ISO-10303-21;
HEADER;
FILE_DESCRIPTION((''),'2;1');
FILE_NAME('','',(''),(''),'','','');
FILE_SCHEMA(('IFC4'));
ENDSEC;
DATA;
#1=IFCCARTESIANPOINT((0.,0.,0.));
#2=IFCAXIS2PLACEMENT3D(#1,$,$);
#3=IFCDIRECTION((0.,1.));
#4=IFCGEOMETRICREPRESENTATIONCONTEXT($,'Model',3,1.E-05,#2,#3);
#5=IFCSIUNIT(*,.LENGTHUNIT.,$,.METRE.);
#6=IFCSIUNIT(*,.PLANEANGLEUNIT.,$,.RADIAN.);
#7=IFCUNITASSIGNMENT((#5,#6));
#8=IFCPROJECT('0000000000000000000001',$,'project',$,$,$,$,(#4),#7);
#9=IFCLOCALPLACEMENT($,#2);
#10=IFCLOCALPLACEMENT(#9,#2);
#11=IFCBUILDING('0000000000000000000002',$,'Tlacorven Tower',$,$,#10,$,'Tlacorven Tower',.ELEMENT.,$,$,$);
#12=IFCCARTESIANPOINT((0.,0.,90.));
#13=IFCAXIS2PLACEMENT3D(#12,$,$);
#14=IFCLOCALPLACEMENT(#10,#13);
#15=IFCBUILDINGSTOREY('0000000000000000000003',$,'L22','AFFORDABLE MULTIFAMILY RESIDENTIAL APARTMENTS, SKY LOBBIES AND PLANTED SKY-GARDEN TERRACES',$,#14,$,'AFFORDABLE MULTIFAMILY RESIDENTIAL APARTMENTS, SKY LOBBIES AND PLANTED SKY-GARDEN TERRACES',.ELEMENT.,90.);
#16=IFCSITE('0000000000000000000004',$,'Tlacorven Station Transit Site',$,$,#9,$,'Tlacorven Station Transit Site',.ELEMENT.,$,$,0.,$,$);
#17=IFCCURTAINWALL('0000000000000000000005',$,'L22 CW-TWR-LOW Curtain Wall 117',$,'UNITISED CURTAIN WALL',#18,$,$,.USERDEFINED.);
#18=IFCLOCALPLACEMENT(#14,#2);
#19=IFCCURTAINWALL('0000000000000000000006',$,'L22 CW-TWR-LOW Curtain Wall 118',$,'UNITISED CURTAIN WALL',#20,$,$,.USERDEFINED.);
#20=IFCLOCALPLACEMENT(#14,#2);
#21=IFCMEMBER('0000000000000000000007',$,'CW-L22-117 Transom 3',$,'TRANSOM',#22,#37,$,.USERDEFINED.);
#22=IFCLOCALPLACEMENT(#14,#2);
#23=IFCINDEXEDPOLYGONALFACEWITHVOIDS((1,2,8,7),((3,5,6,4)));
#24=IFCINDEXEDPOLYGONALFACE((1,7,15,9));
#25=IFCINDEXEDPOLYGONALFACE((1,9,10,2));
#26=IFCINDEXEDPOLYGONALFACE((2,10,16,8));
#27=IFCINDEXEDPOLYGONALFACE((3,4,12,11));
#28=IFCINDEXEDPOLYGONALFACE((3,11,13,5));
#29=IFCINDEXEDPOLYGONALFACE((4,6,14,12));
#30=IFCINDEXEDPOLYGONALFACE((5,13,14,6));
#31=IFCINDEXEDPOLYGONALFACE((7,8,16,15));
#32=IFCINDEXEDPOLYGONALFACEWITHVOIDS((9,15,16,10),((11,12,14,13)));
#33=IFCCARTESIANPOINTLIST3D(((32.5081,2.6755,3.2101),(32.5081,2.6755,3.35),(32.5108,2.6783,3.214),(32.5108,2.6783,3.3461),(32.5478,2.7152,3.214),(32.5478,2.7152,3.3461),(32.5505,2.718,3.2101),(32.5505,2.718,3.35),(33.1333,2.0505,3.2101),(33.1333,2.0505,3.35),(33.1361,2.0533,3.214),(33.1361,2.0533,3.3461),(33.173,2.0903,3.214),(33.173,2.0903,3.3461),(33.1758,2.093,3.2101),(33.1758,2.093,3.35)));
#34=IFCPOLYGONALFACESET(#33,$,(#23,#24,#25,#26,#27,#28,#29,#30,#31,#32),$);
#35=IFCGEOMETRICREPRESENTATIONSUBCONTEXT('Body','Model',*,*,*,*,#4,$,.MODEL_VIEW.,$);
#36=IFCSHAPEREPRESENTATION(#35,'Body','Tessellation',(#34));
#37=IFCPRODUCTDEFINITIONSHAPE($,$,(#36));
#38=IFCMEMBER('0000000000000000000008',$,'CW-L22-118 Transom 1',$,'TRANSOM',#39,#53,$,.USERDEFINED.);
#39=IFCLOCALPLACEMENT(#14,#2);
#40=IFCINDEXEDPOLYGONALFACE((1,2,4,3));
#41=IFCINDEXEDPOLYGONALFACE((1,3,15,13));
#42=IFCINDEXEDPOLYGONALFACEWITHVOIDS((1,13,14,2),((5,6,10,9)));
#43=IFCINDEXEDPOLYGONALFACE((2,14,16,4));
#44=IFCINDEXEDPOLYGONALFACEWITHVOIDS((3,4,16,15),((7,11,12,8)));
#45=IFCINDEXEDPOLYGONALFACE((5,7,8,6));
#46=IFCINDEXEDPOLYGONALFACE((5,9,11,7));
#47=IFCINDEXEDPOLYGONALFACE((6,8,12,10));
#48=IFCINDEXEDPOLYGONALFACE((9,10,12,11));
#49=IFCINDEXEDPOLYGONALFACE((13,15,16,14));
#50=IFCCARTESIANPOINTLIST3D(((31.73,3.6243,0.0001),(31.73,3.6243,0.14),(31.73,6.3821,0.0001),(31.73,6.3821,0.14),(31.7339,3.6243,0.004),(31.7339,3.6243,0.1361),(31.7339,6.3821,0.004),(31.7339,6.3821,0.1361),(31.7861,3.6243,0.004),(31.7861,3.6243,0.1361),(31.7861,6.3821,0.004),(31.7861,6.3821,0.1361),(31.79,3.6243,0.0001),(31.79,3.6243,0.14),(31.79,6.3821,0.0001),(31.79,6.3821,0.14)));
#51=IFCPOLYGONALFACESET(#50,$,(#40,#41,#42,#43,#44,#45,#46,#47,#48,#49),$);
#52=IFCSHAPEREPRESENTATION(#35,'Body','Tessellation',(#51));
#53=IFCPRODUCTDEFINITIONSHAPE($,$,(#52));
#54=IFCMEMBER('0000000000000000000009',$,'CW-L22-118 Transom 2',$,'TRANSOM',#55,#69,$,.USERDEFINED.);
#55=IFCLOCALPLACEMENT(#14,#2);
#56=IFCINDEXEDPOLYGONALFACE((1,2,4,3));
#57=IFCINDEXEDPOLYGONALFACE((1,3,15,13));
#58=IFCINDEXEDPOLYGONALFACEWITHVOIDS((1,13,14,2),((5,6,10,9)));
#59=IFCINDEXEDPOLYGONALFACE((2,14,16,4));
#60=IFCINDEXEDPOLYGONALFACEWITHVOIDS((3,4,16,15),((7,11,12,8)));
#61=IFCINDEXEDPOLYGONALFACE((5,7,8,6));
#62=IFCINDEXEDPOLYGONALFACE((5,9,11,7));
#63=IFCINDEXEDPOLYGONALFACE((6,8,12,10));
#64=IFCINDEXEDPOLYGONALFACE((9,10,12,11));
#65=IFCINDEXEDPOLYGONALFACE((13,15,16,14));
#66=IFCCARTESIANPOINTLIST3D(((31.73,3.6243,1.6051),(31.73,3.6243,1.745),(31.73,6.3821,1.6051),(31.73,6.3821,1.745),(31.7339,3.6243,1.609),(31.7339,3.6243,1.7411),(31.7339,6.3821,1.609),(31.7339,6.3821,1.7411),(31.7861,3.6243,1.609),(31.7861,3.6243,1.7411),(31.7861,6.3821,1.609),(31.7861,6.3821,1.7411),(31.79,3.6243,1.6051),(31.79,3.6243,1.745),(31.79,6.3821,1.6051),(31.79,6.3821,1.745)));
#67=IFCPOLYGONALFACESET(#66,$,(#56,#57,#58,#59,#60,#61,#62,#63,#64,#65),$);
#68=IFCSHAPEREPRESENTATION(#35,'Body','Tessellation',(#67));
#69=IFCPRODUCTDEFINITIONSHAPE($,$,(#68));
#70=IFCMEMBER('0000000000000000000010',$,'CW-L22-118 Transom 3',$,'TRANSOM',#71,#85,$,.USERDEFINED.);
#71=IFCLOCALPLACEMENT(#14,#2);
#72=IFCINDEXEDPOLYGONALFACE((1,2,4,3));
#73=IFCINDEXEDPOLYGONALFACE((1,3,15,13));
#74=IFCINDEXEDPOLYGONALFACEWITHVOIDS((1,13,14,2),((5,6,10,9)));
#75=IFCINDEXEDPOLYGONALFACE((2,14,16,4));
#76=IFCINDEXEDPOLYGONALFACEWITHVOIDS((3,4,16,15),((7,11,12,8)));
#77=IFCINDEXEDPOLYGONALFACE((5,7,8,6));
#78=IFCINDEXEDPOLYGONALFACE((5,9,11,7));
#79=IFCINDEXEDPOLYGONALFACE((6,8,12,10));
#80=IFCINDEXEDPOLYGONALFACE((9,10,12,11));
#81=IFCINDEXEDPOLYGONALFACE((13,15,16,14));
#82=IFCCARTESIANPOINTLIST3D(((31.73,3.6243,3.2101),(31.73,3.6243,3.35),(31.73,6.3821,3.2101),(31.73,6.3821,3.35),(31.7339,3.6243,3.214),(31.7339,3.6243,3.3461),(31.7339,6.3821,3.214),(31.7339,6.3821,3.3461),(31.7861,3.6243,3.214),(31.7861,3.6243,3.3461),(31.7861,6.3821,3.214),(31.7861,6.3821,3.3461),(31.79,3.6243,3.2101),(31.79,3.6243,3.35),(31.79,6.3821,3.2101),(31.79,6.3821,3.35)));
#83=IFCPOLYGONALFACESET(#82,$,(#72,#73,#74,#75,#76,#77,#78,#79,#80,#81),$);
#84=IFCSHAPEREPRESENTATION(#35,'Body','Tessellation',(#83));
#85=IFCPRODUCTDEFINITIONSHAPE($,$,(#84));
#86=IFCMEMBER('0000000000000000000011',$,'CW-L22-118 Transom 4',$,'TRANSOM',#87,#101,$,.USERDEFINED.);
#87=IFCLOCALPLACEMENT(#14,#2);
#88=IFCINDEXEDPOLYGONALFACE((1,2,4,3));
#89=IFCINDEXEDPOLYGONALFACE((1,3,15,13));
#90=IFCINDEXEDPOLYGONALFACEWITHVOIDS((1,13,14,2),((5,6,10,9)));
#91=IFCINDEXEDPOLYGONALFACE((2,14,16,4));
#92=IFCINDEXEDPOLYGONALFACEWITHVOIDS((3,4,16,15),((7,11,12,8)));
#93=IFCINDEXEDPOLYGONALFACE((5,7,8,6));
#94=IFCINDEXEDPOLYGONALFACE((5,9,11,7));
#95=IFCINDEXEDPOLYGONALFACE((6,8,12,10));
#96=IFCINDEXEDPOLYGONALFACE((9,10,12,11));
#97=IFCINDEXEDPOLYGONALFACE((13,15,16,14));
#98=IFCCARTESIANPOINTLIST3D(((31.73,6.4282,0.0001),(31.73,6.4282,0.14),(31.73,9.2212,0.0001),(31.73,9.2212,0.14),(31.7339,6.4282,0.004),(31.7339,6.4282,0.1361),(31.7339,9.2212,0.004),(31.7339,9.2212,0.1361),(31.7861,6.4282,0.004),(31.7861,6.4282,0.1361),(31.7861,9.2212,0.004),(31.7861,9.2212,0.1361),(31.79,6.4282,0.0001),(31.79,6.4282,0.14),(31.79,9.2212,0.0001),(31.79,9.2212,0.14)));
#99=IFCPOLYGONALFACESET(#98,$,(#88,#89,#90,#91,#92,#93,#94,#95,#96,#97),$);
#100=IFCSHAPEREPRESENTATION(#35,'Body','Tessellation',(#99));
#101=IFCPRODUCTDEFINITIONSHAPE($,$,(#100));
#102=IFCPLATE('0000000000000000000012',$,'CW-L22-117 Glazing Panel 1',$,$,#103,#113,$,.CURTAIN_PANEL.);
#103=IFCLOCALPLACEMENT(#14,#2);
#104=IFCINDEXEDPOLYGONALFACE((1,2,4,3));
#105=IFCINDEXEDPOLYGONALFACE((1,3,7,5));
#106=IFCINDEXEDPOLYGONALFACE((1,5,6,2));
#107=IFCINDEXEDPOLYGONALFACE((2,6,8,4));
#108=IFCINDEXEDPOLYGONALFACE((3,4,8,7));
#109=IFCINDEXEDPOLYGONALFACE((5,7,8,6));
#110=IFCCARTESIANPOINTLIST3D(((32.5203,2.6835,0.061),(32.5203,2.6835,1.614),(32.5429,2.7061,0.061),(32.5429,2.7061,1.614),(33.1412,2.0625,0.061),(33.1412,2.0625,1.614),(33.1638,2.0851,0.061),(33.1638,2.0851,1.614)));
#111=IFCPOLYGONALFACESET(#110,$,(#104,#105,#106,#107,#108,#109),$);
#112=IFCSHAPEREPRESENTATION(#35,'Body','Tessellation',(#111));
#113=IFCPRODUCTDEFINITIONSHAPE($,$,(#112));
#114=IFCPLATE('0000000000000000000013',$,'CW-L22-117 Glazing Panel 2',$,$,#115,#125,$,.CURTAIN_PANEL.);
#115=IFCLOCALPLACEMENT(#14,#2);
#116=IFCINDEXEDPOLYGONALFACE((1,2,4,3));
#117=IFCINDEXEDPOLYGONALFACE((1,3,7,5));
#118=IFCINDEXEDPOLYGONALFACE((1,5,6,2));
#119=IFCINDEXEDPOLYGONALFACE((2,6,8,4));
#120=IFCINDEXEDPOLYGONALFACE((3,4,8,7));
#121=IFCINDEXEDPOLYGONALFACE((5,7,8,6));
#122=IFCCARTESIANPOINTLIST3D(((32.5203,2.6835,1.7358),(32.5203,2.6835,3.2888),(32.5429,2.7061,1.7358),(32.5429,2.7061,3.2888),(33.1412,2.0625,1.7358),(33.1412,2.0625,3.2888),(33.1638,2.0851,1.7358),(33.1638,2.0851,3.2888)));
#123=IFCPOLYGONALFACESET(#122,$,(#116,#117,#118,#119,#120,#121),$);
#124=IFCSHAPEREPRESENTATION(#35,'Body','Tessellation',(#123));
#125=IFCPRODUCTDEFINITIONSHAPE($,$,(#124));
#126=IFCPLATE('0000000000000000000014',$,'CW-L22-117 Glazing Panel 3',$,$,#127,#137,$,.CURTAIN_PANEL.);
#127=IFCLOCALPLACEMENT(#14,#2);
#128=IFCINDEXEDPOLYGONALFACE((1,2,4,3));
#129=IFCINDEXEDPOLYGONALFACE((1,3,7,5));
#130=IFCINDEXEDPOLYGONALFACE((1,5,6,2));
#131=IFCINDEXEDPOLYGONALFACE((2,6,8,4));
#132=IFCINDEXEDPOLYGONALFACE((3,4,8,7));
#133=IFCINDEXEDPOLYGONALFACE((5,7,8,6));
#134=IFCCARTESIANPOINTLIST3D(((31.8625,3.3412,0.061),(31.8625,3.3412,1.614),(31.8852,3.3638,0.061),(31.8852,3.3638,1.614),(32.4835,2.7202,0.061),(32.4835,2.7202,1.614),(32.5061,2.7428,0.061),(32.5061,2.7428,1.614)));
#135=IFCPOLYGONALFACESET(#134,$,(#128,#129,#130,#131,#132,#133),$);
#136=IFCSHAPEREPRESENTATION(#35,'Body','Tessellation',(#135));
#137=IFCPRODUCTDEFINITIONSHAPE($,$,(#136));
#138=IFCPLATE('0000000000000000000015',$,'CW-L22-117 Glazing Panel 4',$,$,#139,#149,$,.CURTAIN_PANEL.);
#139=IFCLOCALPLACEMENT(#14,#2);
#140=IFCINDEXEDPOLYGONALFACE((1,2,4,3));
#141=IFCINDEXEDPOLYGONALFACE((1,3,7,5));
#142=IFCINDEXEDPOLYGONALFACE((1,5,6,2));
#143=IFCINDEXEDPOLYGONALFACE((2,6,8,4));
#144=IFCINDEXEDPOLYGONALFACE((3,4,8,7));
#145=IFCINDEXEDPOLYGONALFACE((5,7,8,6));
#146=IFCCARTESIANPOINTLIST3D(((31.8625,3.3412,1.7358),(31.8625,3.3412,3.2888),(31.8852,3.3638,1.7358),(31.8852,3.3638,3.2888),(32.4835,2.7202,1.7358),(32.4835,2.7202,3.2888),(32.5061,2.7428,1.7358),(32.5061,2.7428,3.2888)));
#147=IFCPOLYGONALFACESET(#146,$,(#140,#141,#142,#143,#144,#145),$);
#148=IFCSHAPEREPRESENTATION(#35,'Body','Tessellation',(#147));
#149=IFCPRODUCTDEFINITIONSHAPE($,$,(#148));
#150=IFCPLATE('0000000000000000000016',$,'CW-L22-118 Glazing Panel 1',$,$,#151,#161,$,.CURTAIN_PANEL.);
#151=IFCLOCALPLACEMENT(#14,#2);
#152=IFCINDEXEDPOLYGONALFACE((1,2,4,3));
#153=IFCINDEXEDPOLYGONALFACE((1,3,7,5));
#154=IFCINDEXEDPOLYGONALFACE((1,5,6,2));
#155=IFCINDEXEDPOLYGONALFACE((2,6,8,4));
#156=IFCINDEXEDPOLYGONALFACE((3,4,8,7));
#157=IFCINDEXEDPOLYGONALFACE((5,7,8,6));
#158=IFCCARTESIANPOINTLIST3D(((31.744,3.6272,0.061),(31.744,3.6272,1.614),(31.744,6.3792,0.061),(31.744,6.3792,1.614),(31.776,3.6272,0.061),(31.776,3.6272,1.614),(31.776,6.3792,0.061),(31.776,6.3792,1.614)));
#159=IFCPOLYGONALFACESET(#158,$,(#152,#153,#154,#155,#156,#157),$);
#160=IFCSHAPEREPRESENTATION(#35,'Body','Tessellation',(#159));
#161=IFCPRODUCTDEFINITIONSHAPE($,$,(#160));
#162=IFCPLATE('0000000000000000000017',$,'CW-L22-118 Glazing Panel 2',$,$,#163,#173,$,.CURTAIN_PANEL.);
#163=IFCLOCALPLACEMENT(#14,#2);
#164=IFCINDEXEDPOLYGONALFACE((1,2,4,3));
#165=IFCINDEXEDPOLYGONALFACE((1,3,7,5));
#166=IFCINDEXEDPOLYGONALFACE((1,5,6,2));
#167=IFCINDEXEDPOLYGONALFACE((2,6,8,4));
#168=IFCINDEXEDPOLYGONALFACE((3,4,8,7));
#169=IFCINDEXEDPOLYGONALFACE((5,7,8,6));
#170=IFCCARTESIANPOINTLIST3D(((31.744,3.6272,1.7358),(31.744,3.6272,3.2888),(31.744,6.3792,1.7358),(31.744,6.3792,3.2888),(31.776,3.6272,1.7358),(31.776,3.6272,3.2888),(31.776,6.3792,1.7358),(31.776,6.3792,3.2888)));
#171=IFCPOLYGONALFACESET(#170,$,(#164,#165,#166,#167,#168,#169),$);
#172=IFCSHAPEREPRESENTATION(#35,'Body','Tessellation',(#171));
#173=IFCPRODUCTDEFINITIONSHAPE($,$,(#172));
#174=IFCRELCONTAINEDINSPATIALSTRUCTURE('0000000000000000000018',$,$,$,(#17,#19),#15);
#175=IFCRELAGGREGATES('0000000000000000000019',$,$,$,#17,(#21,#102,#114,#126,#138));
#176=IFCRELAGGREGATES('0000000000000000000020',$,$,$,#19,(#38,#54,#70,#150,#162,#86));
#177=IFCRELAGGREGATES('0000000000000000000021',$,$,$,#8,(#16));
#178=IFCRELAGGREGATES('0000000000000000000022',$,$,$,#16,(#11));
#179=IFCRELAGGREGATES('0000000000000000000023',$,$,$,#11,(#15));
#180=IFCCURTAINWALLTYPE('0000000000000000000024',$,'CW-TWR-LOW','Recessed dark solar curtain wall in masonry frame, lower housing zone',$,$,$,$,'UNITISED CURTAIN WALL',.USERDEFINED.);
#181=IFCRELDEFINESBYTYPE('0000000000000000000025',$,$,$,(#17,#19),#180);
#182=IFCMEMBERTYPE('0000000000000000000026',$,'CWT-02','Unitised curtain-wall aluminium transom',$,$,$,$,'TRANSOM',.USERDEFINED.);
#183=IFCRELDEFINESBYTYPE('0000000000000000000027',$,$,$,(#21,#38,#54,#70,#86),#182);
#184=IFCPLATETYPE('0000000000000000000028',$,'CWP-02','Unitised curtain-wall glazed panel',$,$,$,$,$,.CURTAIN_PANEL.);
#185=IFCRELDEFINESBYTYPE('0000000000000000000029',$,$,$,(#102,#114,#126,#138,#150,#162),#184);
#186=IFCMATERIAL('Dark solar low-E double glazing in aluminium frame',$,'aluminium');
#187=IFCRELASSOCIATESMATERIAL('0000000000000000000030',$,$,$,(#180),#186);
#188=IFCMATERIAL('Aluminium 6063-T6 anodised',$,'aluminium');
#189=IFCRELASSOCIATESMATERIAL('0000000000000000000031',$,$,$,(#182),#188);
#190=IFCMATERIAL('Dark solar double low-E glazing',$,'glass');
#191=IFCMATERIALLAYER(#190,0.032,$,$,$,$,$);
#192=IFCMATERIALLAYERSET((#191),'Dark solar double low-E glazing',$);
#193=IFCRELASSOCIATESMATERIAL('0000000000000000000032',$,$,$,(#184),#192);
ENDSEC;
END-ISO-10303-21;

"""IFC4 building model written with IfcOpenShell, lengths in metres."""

from ifc_helpers import new_model, si_unit, direction, frame, origin, origin_2d, place, context, subcontext, project, spatial, rectangle, hollow_rectangle, extrude, source, transform, mapped, material, layer, layer_set, material_profile, profile_set, type_object, element, aggregate, save


model = new_model("IFC4")

# Units and contexts
model_context = context("Model", 3, precision=1e-05, world=origin(), true_north=direction((0.0, 1.0)))
body_context = subcontext(model_context, "Body", "Model", "MODEL_VIEW")
ifc_project = project(units=[si_unit("LENGTHUNIT", "METRE"), si_unit("PLANEANGLEUNIT", "RADIAN")], contexts=[model_context])

# Site, building, storey
site_placement = place(None, origin())
site = spatial("IfcSite", under=ifc_project, at=site_placement, Name="Tlacorven Station Transit Site", LongName="Tlacorven Station Transit Site", CompositionType="ELEMENT", RefElevation=0.0)
building_placement = place(site_placement, origin())
building = spatial("IfcBuilding", under=site, at=building_placement, Name="Tlacorven Tower", LongName="Tlacorven Tower", CompositionType="ELEMENT")
storey_placement = place(building_placement, frame((0.0, 0.0, 90.0)))
storey = spatial("IfcBuildingStorey", under=building, at=storey_placement, Name="L22", Description="AFFORDABLE MULTIFAMILY RESIDENTIAL APARTMENTS, SKY LOBBIES AND PLANTED SKY-GARDEN TERRACES", LongName="AFFORDABLE MULTIFAMILY RESIDENTIAL APARTMENTS, SKY LOBBIES AND PLANTED SKY-GARDEN TERRACES", CompositionType="ELEMENT", Elevation=90.0)

# Shared definitions
ifc_material_1 = material(Name="Dark solar low-E double glazing in aluminium frame", Category="aluminium")
curtain_wall_type = type_object("IfcCurtainWallType", Name="CW-TWR-LOW", Description="Recessed dark solar curtain wall in masonry frame, lower housing zone", ElementType="UNITISED CURTAIN WALL", PredefinedType="USERDEFINED", material=ifc_material_1)
ifc_material_2 = material(Name="Aluminium 6063-T6 anodised", Category="aluminium")

# Curtain walls
curtain_wall_1_placement = place(storey_placement, origin())
curtain_wall_1 = element("IfcCurtainWall", 1, at=curtain_wall_1_placement, inside=storey, type_object=curtain_wall_type, Name="L22 CW-TWR-LOW Curtain Wall 117", ObjectType="UNITISED CURTAIN WALL", PredefinedType="USERDEFINED")
curtain_wall_2_placement = place(storey_placement, origin())
curtain_wall_2 = element("IfcCurtainWall", 2, at=curtain_wall_2_placement, inside=storey, type_object=curtain_wall_type, Name="L22 CW-TWR-LOW Curtain Wall 118", ObjectType="UNITISED CURTAIN WALL", PredefinedType="USERDEFINED")

# Members
ifc_material_profile_1 = material_profile(ifc_material_2, hollow_rectangle(XDim=0.0601, YDim=0.1399, WallThickness=0.0039, at=origin_2d()), Name="ALU TRANSOM 60X140")
ifc_profile_set_1 = profile_set([ifc_material_profile_1], Name="Aluminium 6063-T6 anodised")
member_type_1 = type_object("IfcMemberType", Name="CWT-02", Description="Unitised curtain-wall aluminium transom", ElementType="TRANSOM", PredefinedType="USERDEFINED", material=ifc_profile_set_1)
shared_shape_1 = source(origin(), body_context, "Body", "SweptSolid", [
    extrude(hollow_rectangle(XDim=0.0601, YDim=0.1399, WallThickness=0.0039, at=origin_2d()), origin(), (0.0, 0.0, 1.0), 0.884),
])
member_1_placement = place(storey_placement, frame((33.1545, 2.0718, 3.28), z_axis=(-0.707245, 0.706969, 0.0), x_axis=(-0.706969, -0.707245, 0.0)))
member_1 = element("IfcMember", 3, at=member_1_placement, type_object=member_type_1, Name="CW-L22-117 Transom 3", ObjectType="TRANSOM", PredefinedType="USERDEFINED", context=body_context, shape_type="MappedRepresentation", body=[
    mapped(shared_shape_1, transform((0.0, 0.0, 0.0), scale=1.0)),
])
shared_shape_2 = source(origin(), body_context, "Body", "SweptSolid", [
    extrude(hollow_rectangle(XDim=0.0601, YDim=0.1399, WallThickness=0.0039, at=origin_2d()), origin(), (0.0, 0.0, 1.0), 2.7578),
])
member_2_placement = place(storey_placement, frame((31.76, 3.6243, 0.0701), z_axis=(0.0, 1.0, 0.0), x_axis=(-1.0, 0.0, 0.0)))
member_2 = element("IfcMember", 4, at=member_2_placement, type_object=member_type_1, Name="CW-L22-118 Transom 1", ObjectType="TRANSOM", PredefinedType="USERDEFINED", context=body_context, shape_type="MappedRepresentation", body=[
    mapped(shared_shape_2, transform((0.0, 0.0, 0.0), scale=1.0)),
])
member_3_placement = place(storey_placement, frame((31.76, 3.6243, 1.675), z_axis=(0.0, 1.0, 0.0), x_axis=(-1.0, 0.0, 0.0)))
member_3 = element("IfcMember", 5, at=member_3_placement, type_object=member_type_1, Name="CW-L22-118 Transom 2", ObjectType="TRANSOM", PredefinedType="USERDEFINED", context=body_context, shape_type="MappedRepresentation", body=[
    mapped(shared_shape_2, transform((0.0, 0.0, 0.0), scale=1.0)),
])
member_4_placement = place(storey_placement, frame((31.76, 3.6243, 3.28), z_axis=(0.0, 1.0, 0.0), x_axis=(-1.0, 0.0, 0.0)))
member_4 = element("IfcMember", 6, at=member_4_placement, type_object=member_type_1, Name="CW-L22-118 Transom 3", ObjectType="TRANSOM", PredefinedType="USERDEFINED", context=body_context, shape_type="MappedRepresentation", body=[
    mapped(shared_shape_2, transform((0.0, 0.0, 0.0), scale=1.0)),
])
shared_shape_3 = source(origin(), body_context, "Body", "SweptSolid", [
    extrude(hollow_rectangle(XDim=0.0601, YDim=0.1399, WallThickness=0.0039, at=origin_2d()), origin(), (0.0, 0.0, 1.0), 2.793),
])
member_5_placement = place(storey_placement, frame((31.76, 6.4282, 0.0701), z_axis=(0.0, 1.0, 0.0), x_axis=(-1.0, 0.0, 0.0)))
member_5 = element("IfcMember", 7, at=member_5_placement, type_object=member_type_1, Name="CW-L22-118 Transom 4", ObjectType="TRANSOM", PredefinedType="USERDEFINED", context=body_context, shape_type="MappedRepresentation", body=[
    mapped(shared_shape_3, transform((0.0, 0.0, 0.0), scale=1.0)),
])

# Plates
ifc_material_3 = material(Name="Dark solar double low-E glazing", Category="glass")
ifc_layer = layer(ifc_material_3, 0.032)
ifc_layer_set = layer_set([ifc_layer], Name="Dark solar double low-E glazing")
plate_type = type_object("IfcPlateType", Name="CWP-02", Description="Unitised curtain-wall glazed panel", PredefinedType="CURTAIN_PANEL", material=ifc_layer_set)
shared_shape_4 = source(origin(), body_context, "Body", "SweptSolid", [
    extrude(rectangle(XDim=0.8782, YDim=0.032, at=origin_2d()), origin(), (0.0, 0.0, 1.0), 1.553),
])
plate_1_placement = place(storey_placement, frame((32.842, 2.3843, 0.061), z_axis=(0.0, 0.0, 1.0), x_axis=(-0.707107, 0.707107, 0.0)))
plate_1 = element("IfcPlate", 8, at=plate_1_placement, type_object=plate_type, Name="CW-L22-117 Glazing Panel 1", PredefinedType="CURTAIN_PANEL", context=body_context, shape_type="MappedRepresentation", body=[
    mapped(shared_shape_4, transform((0.0, 0.0, 0.0), scale=1.0)),
])
plate_2_placement = place(storey_placement, frame((32.842, 2.3843, 1.7358), z_axis=(0.0, 0.0, 1.0), x_axis=(-0.707107, 0.707107, 0.0)))
plate_2 = element("IfcPlate", 9, at=plate_2_placement, type_object=plate_type, Name="CW-L22-117 Glazing Panel 2", PredefinedType="CURTAIN_PANEL", context=body_context, shape_type="MappedRepresentation", body=[
    mapped(shared_shape_4, transform((0.0, 0.0, 0.0), scale=1.0)),
])
plate_3_placement = place(storey_placement, frame((32.1843, 3.042, 0.061), z_axis=(0.0, 0.0, 1.0), x_axis=(-0.707107, 0.707107, 0.0)))
plate_3 = element("IfcPlate", 10, at=plate_3_placement, type_object=plate_type, Name="CW-L22-117 Glazing Panel 3", PredefinedType="CURTAIN_PANEL", context=body_context, shape_type="MappedRepresentation", body=[
    mapped(shared_shape_4, transform((0.0, 0.0, 0.0), scale=1.0)),
])
plate_4_placement = place(storey_placement, frame((32.1843, 3.042, 1.7358), z_axis=(0.0, 0.0, 1.0), x_axis=(-0.707107, 0.707107, 0.0)))
plate_4 = element("IfcPlate", 11, at=plate_4_placement, type_object=plate_type, Name="CW-L22-117 Glazing Panel 4", PredefinedType="CURTAIN_PANEL", context=body_context, shape_type="MappedRepresentation", body=[
    mapped(shared_shape_4, transform((0.0, 0.0, 0.0), scale=1.0)),
])
aggregate(curtain_wall_1, [member_1, plate_1, plate_2, plate_3, plate_4])
shared_shape_5 = source(origin(), body_context, "Body", "SweptSolid", [
    extrude(rectangle(XDim=2.752, YDim=0.032, at=origin_2d()), origin(), (0.0, 0.0, 1.0), 1.553),
])
plate_5_placement = place(storey_placement, frame((31.76, 5.0032, 0.061), z_axis=(0.0, 0.0, 1.0), x_axis=(0.0, 1.0, 0.0)))
plate_5 = element("IfcPlate", 12, at=plate_5_placement, type_object=plate_type, Name="CW-L22-118 Glazing Panel 1", PredefinedType="CURTAIN_PANEL", context=body_context, shape_type="MappedRepresentation", body=[
    mapped(shared_shape_5, transform((0.0, 0.0, 0.0), scale=1.0)),
])
plate_6_placement = place(storey_placement, frame((31.76, 5.0032, 1.7358), z_axis=(0.0, 0.0, 1.0), x_axis=(0.0, 1.0, 0.0)))
plate_6 = element("IfcPlate", 13, at=plate_6_placement, type_object=plate_type, Name="CW-L22-118 Glazing Panel 2", PredefinedType="CURTAIN_PANEL", context=body_context, shape_type="MappedRepresentation", body=[
    mapped(shared_shape_5, transform((0.0, 0.0, 0.0), scale=1.0)),
])
aggregate(curtain_wall_2, [member_2, member_3, member_4, plate_5, plate_6, member_5])

save(model, "model.ifc")
